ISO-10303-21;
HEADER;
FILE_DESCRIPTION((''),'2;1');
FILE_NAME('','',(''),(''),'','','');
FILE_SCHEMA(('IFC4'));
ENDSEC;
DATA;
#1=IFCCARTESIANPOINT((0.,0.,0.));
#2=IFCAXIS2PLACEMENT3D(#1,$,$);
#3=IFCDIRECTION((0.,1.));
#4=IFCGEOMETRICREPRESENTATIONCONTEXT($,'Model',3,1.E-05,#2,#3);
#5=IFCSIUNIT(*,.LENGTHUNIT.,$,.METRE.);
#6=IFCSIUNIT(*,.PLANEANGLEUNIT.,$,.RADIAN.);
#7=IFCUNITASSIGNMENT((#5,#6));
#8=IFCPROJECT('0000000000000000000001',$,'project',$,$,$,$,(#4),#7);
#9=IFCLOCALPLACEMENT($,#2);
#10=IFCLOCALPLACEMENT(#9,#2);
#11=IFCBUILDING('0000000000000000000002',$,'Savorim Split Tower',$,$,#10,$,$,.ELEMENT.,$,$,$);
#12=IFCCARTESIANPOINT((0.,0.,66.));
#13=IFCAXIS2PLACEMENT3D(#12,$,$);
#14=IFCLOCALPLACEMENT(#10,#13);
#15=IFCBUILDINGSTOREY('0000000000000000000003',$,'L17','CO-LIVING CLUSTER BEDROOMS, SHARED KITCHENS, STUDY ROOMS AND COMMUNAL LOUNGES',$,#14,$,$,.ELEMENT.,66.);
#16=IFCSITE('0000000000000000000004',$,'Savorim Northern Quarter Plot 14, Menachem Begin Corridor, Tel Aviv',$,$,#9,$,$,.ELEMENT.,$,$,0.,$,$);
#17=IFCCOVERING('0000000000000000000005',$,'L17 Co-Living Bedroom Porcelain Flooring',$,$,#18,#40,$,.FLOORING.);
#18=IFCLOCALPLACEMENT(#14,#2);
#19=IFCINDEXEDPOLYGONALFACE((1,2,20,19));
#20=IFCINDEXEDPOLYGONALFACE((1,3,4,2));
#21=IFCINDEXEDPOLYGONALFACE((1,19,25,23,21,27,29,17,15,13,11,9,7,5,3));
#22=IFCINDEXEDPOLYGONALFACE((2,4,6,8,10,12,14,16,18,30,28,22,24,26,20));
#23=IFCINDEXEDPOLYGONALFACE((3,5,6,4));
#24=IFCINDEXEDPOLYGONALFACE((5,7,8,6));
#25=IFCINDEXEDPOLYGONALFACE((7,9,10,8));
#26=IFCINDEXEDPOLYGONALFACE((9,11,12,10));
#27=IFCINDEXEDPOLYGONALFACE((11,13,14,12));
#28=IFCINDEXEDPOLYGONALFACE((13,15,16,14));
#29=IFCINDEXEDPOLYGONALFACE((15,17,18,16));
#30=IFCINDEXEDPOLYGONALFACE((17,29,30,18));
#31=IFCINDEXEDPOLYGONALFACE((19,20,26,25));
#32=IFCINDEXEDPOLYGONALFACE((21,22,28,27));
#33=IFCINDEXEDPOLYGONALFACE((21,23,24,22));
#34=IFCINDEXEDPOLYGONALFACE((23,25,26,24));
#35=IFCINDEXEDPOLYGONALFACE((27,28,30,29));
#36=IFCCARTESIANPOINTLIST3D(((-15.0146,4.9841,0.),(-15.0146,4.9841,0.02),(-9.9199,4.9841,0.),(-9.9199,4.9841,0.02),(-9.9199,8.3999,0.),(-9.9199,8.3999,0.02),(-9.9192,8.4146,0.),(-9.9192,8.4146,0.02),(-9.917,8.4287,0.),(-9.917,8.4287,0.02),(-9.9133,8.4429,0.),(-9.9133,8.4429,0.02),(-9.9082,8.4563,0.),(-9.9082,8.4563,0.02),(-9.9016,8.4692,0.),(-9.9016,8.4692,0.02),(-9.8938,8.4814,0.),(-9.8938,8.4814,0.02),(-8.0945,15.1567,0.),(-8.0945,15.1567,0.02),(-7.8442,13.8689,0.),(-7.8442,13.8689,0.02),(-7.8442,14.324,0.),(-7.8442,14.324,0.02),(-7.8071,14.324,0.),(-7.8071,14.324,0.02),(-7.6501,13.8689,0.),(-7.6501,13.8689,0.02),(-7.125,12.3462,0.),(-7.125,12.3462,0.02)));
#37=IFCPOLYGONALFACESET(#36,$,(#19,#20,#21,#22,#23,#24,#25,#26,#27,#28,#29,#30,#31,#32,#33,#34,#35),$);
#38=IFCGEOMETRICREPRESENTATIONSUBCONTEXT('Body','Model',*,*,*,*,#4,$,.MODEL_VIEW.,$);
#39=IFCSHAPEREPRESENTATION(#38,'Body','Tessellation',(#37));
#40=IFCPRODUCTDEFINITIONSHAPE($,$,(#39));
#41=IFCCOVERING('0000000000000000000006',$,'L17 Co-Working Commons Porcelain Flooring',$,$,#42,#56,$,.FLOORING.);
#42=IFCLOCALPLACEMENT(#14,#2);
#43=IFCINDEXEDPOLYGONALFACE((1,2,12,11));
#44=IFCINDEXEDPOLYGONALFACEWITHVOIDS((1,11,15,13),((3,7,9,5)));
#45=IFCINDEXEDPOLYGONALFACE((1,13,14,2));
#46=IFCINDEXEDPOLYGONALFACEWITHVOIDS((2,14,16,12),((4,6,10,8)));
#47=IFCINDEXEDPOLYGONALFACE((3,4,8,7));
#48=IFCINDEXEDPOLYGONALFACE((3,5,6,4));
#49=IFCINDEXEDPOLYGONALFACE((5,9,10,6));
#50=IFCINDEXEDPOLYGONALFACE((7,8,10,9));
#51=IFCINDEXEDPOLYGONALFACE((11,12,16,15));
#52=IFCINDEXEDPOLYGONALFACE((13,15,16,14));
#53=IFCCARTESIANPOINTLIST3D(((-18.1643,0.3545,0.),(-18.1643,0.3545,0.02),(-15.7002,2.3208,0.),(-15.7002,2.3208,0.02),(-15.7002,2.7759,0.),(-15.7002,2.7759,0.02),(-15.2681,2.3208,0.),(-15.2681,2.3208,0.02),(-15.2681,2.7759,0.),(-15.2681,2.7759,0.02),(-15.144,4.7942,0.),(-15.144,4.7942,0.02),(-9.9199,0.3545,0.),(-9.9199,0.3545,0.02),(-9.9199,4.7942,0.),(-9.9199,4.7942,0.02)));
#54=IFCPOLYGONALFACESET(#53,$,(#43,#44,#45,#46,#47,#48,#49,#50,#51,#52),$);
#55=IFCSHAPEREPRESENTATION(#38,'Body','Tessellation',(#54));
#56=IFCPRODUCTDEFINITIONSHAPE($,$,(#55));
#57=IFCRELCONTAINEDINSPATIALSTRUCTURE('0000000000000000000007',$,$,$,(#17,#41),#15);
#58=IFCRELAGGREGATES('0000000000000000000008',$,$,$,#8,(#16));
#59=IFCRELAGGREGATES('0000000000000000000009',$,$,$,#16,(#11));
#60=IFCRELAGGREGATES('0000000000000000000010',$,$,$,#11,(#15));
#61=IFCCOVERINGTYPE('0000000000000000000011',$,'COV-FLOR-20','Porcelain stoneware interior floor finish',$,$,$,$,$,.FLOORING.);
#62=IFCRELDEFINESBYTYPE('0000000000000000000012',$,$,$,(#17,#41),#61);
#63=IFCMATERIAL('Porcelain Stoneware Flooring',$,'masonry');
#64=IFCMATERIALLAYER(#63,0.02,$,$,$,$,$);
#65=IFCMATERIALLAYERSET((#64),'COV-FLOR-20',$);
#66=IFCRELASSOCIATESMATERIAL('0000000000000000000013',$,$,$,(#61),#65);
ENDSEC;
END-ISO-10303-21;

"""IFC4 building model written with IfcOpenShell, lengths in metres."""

from ifc_helpers import new_model, si_unit, direction, frame, origin, place, context, subcontext, project, spatial, polyline, outline, extrude, material, layer, layer_set, type_object, element, save


model = new_model("IFC4")

# Units and contexts
model_context = context("Model", 3, precision=1e-05, world=origin(), true_north=direction((0.0, 1.0)))
body_context = subcontext(model_context, "Body", "Model", "MODEL_VIEW")
ifc_project = project(units=[si_unit("LENGTHUNIT", "METRE"), si_unit("PLANEANGLEUNIT", "RADIAN")], contexts=[model_context])

# Site, building, storey
site_placement = place(None, origin())
site = spatial("IfcSite", under=ifc_project, at=site_placement, Name="Savorim Northern Quarter Plot 14, Menachem Begin Corridor, Tel Aviv", CompositionType="ELEMENT", RefElevation=0.0)
building_placement = place(site_placement, origin())
building = spatial("IfcBuilding", under=site, at=building_placement, Name="Savorim Split Tower", CompositionType="ELEMENT")
storey_placement = place(building_placement, frame((0.0, 0.0, 66.0)))
storey = spatial("IfcBuildingStorey", under=building, at=storey_placement, Name="L17", Description="CO-LIVING CLUSTER BEDROOMS, SHARED KITCHENS, STUDY ROOMS AND COMMUNAL LOUNGES", CompositionType="ELEMENT", Elevation=66.0)

# Coverings
ifc_material_1 = material(Name="Porcelain Stoneware Flooring", Category="masonry")
ifc_layer_1 = layer(ifc_material_1, 0.02)
ifc_layer_set_1 = layer_set([ifc_layer_1], Name="COV-FLOR-20")
covering_type_1 = type_object("IfcCoveringType", Name="COV-FLOR-20", Description="Porcelain stoneware interior floor finish", PredefinedType="FLOORING", material=ifc_layer_set_1)
covering_1_placement = place(storey_placement, origin())
element("IfcCovering", 1, at=covering_1_placement, inside=storey, type_object=covering_type_1, Name="L17 Co-Living Bedroom Porcelain Flooring", PredefinedType="FLOORING", context=body_context, shape_type="SweptSolid", body=[
    extrude(outline(polyline([(-9.9016, 8.4692), (-9.8938, 8.4814), (-7.125, 12.3462), (-7.6501, 13.8689), (-7.8442, 13.8689), (-7.8442, 14.324), (-7.8071, 14.324), (-8.0945, 15.1567), (-15.0146, 4.9841), (-9.9199, 4.9841), (-9.9199, 8.3999), (-9.9192, 8.4146), (-9.917, 8.4287), (-9.9133, 8.4429), (-9.9082, 8.4563), (-9.9016, 8.4692)])), origin(), (0.0, 0.0, 1.0), 0.02),
])
covering_2_placement = place(storey_placement, origin())
element("IfcCovering", 2, at=covering_2_placement, inside=storey, type_object=covering_type_1, Name="L17 Co-Working Commons Porcelain Flooring", PredefinedType="FLOORING", context=body_context, shape_type="SweptSolid", body=[
    extrude(outline(polyline([(-15.144, 4.7942), (-18.1643, 0.3545), (-9.9199, 0.3545), (-9.9199, 4.7942), (-15.144, 4.7942)]), holes=[polyline([(-15.7002, 2.7759), (-15.7002, 2.3208), (-15.2681, 2.3208), (-15.2681, 2.7759), (-15.7002, 2.7759)])]), origin(), (0.0, 0.0, 1.0), 0.02),
])

save(model, "model.ifc")
